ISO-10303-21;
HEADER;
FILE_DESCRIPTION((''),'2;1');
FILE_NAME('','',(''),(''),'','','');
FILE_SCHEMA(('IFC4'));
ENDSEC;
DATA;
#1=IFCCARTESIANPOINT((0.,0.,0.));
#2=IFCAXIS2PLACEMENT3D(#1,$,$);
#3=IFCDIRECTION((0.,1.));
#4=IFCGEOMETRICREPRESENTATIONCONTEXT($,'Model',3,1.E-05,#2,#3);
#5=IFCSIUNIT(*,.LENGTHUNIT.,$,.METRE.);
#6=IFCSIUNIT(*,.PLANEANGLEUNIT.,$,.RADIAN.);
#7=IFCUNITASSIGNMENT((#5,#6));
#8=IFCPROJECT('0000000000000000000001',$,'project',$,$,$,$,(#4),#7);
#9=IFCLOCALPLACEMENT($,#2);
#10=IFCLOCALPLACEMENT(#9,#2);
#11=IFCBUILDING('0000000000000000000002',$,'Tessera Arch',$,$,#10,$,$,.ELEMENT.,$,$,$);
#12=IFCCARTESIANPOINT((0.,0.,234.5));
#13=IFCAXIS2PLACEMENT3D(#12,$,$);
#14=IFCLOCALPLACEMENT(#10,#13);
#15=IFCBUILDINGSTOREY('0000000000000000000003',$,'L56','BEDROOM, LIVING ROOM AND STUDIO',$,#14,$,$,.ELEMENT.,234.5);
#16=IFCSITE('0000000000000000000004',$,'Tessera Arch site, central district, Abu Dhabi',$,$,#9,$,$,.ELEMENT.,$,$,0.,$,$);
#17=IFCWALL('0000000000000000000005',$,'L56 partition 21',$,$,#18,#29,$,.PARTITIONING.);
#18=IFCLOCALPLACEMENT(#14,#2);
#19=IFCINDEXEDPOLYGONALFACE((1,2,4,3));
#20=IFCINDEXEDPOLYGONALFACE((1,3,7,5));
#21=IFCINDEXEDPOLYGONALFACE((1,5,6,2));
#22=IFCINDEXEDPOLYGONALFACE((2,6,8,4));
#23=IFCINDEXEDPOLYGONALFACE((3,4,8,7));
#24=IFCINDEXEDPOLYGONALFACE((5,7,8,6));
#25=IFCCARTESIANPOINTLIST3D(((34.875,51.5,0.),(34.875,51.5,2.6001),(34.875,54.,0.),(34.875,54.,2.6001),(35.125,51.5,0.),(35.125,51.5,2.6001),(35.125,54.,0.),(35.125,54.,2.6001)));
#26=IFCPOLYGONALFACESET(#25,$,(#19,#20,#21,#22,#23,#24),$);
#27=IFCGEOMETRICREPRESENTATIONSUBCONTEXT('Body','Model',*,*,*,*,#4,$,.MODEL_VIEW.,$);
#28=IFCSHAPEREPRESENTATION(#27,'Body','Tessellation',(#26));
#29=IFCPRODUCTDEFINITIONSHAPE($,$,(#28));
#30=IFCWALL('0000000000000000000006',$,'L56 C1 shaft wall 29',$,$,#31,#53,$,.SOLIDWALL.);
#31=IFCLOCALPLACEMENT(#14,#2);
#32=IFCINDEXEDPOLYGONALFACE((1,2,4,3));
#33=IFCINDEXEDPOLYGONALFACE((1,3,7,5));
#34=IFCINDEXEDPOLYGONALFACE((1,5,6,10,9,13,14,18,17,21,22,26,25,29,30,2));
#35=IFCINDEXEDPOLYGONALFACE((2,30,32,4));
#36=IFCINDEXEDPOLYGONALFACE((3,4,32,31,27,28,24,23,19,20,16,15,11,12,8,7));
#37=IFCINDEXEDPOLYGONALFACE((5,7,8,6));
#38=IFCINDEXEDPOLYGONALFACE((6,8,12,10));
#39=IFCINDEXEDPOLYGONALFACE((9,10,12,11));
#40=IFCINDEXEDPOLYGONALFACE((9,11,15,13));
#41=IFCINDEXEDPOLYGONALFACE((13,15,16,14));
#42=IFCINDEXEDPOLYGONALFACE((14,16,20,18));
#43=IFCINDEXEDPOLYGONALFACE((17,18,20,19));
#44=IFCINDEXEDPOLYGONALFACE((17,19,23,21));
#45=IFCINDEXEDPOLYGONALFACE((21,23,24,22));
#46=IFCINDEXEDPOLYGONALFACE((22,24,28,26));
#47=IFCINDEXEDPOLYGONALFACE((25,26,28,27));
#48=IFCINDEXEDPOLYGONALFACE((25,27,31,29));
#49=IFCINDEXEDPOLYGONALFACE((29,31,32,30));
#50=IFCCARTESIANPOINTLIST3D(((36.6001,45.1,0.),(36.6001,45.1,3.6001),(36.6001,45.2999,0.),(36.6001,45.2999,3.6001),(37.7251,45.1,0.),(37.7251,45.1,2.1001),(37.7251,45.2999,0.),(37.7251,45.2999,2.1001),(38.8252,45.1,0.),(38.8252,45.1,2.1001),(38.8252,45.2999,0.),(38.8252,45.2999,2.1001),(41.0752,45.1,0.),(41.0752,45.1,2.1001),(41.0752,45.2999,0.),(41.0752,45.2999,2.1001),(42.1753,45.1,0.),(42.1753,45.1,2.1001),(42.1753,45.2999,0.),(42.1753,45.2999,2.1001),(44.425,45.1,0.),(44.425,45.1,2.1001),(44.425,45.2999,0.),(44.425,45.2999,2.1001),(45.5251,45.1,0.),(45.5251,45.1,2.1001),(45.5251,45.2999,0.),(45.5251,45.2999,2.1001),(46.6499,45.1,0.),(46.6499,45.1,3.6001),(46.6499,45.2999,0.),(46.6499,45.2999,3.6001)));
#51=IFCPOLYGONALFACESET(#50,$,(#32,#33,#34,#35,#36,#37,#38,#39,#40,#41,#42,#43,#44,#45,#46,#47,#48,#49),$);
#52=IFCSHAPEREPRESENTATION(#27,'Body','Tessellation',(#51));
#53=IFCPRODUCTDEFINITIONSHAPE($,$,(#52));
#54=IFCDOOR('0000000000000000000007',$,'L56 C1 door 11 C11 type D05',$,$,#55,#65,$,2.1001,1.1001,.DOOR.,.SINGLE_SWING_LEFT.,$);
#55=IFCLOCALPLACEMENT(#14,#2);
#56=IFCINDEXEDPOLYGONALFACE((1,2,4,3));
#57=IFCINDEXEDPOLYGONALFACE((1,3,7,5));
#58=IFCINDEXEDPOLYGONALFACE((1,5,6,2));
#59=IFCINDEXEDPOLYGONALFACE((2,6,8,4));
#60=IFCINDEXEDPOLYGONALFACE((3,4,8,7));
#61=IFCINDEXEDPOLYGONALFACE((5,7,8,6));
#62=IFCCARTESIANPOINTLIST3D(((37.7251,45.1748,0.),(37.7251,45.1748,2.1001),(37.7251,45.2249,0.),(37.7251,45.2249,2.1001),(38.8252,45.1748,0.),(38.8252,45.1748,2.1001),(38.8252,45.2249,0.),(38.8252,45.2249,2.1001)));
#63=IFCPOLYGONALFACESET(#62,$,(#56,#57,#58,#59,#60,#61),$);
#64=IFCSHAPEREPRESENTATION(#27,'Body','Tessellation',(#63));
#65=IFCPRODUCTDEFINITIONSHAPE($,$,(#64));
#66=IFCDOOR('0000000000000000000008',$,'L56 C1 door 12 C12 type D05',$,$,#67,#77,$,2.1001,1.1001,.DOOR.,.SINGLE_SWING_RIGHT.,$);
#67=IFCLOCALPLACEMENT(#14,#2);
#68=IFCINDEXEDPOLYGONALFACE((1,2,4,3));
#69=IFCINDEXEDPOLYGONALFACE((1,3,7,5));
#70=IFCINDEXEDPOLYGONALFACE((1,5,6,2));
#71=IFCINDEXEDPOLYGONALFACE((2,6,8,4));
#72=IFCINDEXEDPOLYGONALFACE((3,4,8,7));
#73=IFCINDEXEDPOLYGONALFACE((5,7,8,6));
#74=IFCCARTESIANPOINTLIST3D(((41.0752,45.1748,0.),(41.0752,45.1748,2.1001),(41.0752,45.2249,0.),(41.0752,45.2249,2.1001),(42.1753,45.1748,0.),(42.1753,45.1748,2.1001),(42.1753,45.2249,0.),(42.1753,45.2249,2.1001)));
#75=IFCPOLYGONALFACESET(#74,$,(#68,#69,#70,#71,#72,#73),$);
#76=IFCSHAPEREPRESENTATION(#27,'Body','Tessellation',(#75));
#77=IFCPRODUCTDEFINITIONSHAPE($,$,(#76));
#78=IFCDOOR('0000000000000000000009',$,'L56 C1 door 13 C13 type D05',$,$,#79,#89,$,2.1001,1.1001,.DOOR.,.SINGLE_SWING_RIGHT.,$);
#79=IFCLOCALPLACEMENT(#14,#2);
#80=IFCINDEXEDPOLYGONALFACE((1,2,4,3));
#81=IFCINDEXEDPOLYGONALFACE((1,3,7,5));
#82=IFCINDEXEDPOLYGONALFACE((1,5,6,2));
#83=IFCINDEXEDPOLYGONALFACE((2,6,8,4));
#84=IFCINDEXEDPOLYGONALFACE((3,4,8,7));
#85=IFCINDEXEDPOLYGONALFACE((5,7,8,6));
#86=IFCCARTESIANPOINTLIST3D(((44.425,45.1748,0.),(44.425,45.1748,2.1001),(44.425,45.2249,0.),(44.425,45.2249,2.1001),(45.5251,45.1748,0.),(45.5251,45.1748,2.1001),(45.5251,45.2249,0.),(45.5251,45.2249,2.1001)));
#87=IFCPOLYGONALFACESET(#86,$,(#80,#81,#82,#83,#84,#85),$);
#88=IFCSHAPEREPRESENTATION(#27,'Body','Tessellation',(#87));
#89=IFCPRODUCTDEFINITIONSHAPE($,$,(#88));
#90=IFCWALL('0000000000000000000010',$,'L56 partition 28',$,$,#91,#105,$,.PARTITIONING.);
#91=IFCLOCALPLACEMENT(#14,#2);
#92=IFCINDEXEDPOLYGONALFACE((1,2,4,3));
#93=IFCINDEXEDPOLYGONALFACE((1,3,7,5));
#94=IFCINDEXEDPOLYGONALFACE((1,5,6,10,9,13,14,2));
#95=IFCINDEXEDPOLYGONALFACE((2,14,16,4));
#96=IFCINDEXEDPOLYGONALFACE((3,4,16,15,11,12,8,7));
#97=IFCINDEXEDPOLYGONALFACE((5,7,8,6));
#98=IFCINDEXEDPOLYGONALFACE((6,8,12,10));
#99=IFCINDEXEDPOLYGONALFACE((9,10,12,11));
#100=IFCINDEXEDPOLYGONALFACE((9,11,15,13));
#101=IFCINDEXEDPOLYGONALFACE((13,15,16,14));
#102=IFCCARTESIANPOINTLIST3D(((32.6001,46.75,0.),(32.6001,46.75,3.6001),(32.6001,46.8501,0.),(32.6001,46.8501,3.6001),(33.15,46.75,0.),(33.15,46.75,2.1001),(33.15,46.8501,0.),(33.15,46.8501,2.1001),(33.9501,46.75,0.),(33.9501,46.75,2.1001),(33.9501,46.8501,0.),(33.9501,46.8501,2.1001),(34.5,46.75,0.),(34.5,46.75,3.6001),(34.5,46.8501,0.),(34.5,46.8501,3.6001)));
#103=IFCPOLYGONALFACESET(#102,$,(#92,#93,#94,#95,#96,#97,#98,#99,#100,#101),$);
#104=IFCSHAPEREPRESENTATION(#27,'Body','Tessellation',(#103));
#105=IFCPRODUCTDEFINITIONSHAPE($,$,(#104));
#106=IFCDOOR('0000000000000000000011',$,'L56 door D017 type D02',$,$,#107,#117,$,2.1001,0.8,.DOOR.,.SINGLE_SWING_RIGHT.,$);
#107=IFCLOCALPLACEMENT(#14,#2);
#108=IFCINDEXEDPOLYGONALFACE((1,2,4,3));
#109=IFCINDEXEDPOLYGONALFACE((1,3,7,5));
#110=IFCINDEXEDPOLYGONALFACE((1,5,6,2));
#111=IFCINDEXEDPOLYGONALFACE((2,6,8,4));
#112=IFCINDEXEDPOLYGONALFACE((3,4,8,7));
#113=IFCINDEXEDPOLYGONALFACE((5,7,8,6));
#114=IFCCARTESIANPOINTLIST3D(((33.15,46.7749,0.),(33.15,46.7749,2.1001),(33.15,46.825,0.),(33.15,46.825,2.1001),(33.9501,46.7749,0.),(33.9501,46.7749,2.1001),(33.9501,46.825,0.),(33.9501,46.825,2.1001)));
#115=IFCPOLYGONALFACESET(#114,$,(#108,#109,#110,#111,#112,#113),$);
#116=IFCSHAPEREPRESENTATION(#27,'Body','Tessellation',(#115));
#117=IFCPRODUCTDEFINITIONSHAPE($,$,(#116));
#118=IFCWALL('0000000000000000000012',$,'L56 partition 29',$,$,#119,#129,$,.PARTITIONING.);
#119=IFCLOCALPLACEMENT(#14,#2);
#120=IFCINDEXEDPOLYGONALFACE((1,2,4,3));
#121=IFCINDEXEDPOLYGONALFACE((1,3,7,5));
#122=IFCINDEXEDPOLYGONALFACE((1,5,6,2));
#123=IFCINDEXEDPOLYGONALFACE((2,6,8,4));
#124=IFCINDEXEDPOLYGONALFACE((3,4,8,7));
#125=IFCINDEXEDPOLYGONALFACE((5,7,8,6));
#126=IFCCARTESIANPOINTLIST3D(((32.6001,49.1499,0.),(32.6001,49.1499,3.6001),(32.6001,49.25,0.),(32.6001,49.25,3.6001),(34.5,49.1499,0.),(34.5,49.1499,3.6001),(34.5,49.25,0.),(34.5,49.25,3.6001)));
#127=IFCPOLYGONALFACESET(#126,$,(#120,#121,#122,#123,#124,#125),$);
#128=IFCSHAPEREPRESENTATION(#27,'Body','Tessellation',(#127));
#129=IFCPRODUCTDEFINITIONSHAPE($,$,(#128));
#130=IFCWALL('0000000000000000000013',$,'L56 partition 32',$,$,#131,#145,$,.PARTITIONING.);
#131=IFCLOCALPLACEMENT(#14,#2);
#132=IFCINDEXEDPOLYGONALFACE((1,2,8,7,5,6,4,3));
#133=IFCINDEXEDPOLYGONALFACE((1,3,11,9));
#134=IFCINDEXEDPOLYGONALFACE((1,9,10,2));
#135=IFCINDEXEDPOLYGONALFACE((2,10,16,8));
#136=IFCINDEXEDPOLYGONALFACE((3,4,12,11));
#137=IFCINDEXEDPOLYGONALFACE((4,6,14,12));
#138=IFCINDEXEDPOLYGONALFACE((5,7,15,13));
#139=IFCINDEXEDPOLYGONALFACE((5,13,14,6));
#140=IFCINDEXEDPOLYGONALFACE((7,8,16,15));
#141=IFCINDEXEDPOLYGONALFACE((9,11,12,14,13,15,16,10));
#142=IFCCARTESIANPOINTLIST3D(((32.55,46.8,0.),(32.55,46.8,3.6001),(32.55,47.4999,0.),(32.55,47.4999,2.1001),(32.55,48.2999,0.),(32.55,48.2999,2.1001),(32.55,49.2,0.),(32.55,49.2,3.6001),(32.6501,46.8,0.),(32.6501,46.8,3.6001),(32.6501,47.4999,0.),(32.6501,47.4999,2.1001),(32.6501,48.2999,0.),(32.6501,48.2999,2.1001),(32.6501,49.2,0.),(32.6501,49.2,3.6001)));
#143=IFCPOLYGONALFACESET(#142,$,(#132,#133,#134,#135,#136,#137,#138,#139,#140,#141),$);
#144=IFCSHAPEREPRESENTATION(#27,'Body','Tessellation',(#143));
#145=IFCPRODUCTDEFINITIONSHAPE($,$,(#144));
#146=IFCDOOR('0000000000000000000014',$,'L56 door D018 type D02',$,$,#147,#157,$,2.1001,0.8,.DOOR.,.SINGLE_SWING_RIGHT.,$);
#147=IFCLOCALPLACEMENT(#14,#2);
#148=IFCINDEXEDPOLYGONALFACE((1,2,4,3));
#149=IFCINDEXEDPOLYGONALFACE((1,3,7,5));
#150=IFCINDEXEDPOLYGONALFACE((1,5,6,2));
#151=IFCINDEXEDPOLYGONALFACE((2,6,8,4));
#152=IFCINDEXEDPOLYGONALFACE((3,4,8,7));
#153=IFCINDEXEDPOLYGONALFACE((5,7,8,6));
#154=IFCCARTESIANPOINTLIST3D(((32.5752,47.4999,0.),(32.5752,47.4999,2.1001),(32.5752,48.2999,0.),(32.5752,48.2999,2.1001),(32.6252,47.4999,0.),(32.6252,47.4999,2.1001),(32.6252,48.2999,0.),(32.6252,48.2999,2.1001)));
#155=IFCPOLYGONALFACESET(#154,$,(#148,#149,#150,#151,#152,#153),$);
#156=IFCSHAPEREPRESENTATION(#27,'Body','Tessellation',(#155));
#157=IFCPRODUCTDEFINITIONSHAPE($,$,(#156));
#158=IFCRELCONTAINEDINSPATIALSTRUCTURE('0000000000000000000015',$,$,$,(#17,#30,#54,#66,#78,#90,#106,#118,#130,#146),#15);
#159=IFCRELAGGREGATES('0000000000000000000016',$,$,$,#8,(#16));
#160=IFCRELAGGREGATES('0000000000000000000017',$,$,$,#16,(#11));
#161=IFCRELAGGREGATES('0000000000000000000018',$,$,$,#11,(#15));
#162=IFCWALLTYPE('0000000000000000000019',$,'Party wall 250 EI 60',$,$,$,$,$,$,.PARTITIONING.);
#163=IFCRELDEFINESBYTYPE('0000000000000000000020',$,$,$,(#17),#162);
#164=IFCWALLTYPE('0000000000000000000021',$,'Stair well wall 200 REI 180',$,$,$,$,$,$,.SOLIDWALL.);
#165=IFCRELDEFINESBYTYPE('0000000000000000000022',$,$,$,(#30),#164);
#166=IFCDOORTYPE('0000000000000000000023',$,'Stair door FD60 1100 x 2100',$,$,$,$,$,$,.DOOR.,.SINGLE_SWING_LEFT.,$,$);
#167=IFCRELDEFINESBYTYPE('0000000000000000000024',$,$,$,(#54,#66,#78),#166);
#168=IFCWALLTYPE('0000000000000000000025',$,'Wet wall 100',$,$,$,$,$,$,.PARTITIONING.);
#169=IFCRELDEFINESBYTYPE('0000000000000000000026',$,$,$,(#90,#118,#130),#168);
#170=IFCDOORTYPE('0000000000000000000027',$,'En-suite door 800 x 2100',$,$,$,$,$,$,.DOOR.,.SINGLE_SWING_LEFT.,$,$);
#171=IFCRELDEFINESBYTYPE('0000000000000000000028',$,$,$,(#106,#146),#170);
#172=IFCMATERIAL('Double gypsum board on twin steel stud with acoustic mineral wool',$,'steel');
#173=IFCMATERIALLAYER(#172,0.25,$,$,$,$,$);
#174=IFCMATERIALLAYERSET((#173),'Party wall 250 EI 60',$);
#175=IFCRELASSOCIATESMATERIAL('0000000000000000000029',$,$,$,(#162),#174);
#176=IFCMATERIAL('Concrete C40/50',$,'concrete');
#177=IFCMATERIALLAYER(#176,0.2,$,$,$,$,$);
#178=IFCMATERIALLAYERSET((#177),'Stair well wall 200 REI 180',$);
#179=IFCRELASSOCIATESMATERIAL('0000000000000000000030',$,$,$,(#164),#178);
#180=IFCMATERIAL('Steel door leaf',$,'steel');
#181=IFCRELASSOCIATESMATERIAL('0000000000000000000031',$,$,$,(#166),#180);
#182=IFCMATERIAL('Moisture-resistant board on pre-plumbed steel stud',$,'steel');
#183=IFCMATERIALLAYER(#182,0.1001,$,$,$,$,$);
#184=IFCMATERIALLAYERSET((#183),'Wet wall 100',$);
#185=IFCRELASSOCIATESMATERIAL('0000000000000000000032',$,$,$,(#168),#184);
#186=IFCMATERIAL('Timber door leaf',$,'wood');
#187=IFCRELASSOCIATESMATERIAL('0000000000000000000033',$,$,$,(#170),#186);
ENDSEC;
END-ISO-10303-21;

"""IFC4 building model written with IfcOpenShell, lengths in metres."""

from ifc_helpers import new_model, si_unit, direction, frame, frame_2d, origin, place, context, subcontext, project, spatial, rectangle, extrude, material, layer, layer_set, type_object, element, fill, save


model = new_model("IFC4")

# Units and contexts
model_context = context("Model", 3, precision=1e-05, world=origin(), true_north=direction((0.0, 1.0)))
body_context = subcontext(model_context, "Body", "Model", "MODEL_VIEW")
ifc_project = project(units=[si_unit("LENGTHUNIT", "METRE"), si_unit("PLANEANGLEUNIT", "RADIAN")], contexts=[model_context])

# Site, building, storey
site_placement = place(None, origin())
site = spatial("IfcSite", under=ifc_project, at=site_placement, Name="Tessera Arch site, central district, Abu Dhabi", CompositionType="ELEMENT", RefElevation=0.0)
building_placement = place(site_placement, origin())
building = spatial("IfcBuilding", under=site, at=building_placement, Name="Tessera Arch", CompositionType="ELEMENT")
storey_placement = place(building_placement, frame((0.0, 0.0, 234.5)))
storey = spatial("IfcBuildingStorey", under=building, at=storey_placement, Name="L56", Description="BEDROOM, LIVING ROOM AND STUDIO", CompositionType="ELEMENT", Elevation=234.5)

# Wall
ifc_material_1 = material(Name="Double gypsum board on twin steel stud with acoustic mineral wool", Category="steel")
ifc_layer_1 = layer(ifc_material_1, 0.25)
ifc_layer_set_1 = layer_set([ifc_layer_1], Name="Party wall 250 EI 60")
wall_type_1 = type_object("IfcWallType", Name="Party wall 250 EI 60", PredefinedType="PARTITIONING", material=ifc_layer_set_1)
wall_1_placement = place(storey_placement, frame((35.0, 51.5, 0.0), z_axis=(0.0, 0.0, 1.0), x_axis=(0.0, 1.0, 0.0)))
element("IfcWall", 1, at=wall_1_placement, inside=storey, type_object=wall_type_1, Name="L56 partition 21", PredefinedType="PARTITIONING", context=body_context, shape_type="SweptSolid", body=[
    extrude(rectangle(XDim=2.5, YDim=0.25, at=frame_2d((1.25, 0.0))), origin(), (0.0, 0.0, 1.0), 2.6001),
])

# Wall, openings, doors
ifc_material_2 = material(Name="Concrete C40/50", Category="concrete")
ifc_layer_2 = layer(ifc_material_2, 0.2)
ifc_layer_set_2 = layer_set([ifc_layer_2], Name="Stair well wall 200 REI 180")
wall_type_2 = type_object("IfcWallType", Name="Stair well wall 200 REI 180", PredefinedType="SOLIDWALL", material=ifc_layer_set_2)
wall_2_placement = place(storey_placement, frame((36.6001, 45.2, 0.0), z_axis=(0.0, 0.0, 1.0), x_axis=(1.0, 0.0, 0.0)))
wall_2 = element("IfcWall", 2, at=wall_2_placement, inside=storey, type_object=wall_type_2, Name="L56 C1 shaft wall 29", PredefinedType="SOLIDWALL", context=body_context, shape_type="SweptSolid", body=[
    extrude(rectangle(XDim=10.0498, YDim=0.2, at=frame_2d((5.0249, 0.0))), origin(), (0.0, 0.0, 1.0), 3.6001),
])
opening_1_placement = place(wall_2_placement, frame((1.125, 0.0, 0.0)))
opening_1 = element("IfcOpeningElement", 3, at=opening_1_placement, cuts=wall_2, PredefinedType="OPENING", context=body_context, shape_type="SweptSolid", body=[
    extrude(rectangle(XDim=1.1001, YDim=2.1001, at=frame_2d((0.55, 1.05))), frame((0.0, 0.1099, 0.0), z_axis=(0.0, -1.0, 0.0), x_axis=(1.0, 0.0, 0.0)), (0.0, 0.0, 1.0), 0.22),
])
opening_2_placement = place(wall_2_placement, frame((4.4751, 0.0, 0.0)))
opening_2 = element("IfcOpeningElement", 4, at=opening_2_placement, cuts=wall_2, PredefinedType="OPENING", context=body_context, shape_type="SweptSolid", body=[
    extrude(rectangle(XDim=1.1001, YDim=2.1001, at=frame_2d((0.55, 1.05))), frame((0.0, 0.1099, 0.0), z_axis=(0.0, -1.0, 0.0), x_axis=(1.0, 0.0, 0.0)), (0.0, 0.0, 1.0), 0.22),
])
opening_3_placement = place(wall_2_placement, frame((7.825, 0.0, 0.0)))
opening_3 = element("IfcOpeningElement", 5, at=opening_3_placement, cuts=wall_2, PredefinedType="OPENING", context=body_context, shape_type="SweptSolid", body=[
    extrude(rectangle(XDim=1.1001, YDim=2.1001, at=frame_2d((0.55, 1.05))), frame((0.0, 0.1099, 0.0), z_axis=(0.0, -1.0, 0.0), x_axis=(1.0, 0.0, 0.0)), (0.0, 0.0, 1.0), 0.22),
])
ifc_material_3 = material(Name="Steel door leaf", Category="steel")
door_type_1 = type_object("IfcDoorType", Name="Stair door FD60 1100 x 2100", OperationType="SINGLE_SWING_LEFT", PredefinedType="DOOR", material=ifc_material_3)
door_1_placement = place(opening_1_placement, origin())
door_1 = element("IfcDoor", 6, at=door_1_placement, inside=storey, type_object=door_type_1, Name="L56 C1 door 11 C11 type D05", OperationType="SINGLE_SWING_LEFT", OverallHeight=2.1001, OverallWidth=1.1001, PredefinedType="DOOR", context=body_context, shape_type="SweptSolid", body=[
    extrude(rectangle(XDim=1.1001, YDim=2.1001, at=frame_2d((0.55, 1.05))), frame((0.0, 0.0249, 0.0), z_axis=(0.0, -1.0, 0.0), x_axis=(1.0, 0.0, 0.0)), (0.0, 0.0, 1.0), 0.05),
])
fill(opening_1, door_1)
door_2_placement = place(opening_2_placement, origin())
door_2 = element("IfcDoor", 7, at=door_2_placement, inside=storey, type_object=door_type_1, Name="L56 C1 door 12 C12 type D05", OperationType="SINGLE_SWING_RIGHT", OverallHeight=2.1001, OverallWidth=1.1001, PredefinedType="DOOR", context=body_context, shape_type="SweptSolid", body=[
    extrude(rectangle(XDim=1.1001, YDim=2.1001, at=frame_2d((0.55, 1.05))), frame((0.0, 0.0249, 0.0), z_axis=(0.0, -1.0, 0.0), x_axis=(1.0, 0.0, 0.0)), (0.0, 0.0, 1.0), 0.05),
])
fill(opening_2, door_2)
door_3_placement = place(opening_3_placement, origin())
door_3 = element("IfcDoor", 8, at=door_3_placement, inside=storey, type_object=door_type_1, Name="L56 C1 door 13 C13 type D05", OperationType="SINGLE_SWING_RIGHT", OverallHeight=2.1001, OverallWidth=1.1001, PredefinedType="DOOR", context=body_context, shape_type="SweptSolid", body=[
    extrude(rectangle(XDim=1.1001, YDim=2.1001, at=frame_2d((0.55, 1.05))), frame((0.0, 0.0249, 0.0), z_axis=(0.0, -1.0, 0.0), x_axis=(1.0, 0.0, 0.0)), (0.0, 0.0, 1.0), 0.05),
])
fill(opening_3, door_3)

# Wall, opening, door
ifc_material_4 = material(Name="Moisture-resistant board on pre-plumbed steel stud", Category="steel")
ifc_layer_3 = layer(ifc_material_4, 0.1001)
ifc_layer_set_3 = layer_set([ifc_layer_3], Name="Wet wall 100")
wall_type_3 = type_object("IfcWallType", Name="Wet wall 100", PredefinedType="PARTITIONING", material=ifc_layer_set_3)
wall_3_placement = place(storey_placement, frame((32.6001, 46.8, 0.0), z_axis=(0.0, 0.0, 1.0), x_axis=(1.0, 0.0, 0.0)))
wall_3 = element("IfcWall", 9, at=wall_3_placement, inside=storey, type_object=wall_type_3, Name="L56 partition 28", PredefinedType="PARTITIONING", context=body_context, shape_type="SweptSolid", body=[
    extrude(rectangle(XDim=1.8999, YDim=0.1001, at=frame_2d((0.95, 0.0))), origin(), (0.0, 0.0, 1.0), 3.6001),
])
opening_4_placement = place(wall_3_placement, frame((0.55, 0.0, 0.0)))
opening_4 = element("IfcOpeningElement", 10, at=opening_4_placement, cuts=wall_3, PredefinedType="OPENING", context=body_context, shape_type="SweptSolid", body=[
    extrude(rectangle(XDim=0.8, YDim=2.1001, at=frame_2d((0.3999, 1.05))), frame((0.0, 0.0601, 0.0), z_axis=(0.0, -1.0, 0.0), x_axis=(1.0, 0.0, 0.0)), (0.0, 0.0, 1.0), 0.1201),
])
ifc_material_5 = material(Name="Timber door leaf", Category="wood")
door_type_2 = type_object("IfcDoorType", Name="En-suite door 800 x 2100", OperationType="SINGLE_SWING_LEFT", PredefinedType="DOOR", material=ifc_material_5)
door_4_placement = place(opening_4_placement, origin())
door_4 = element("IfcDoor", 11, at=door_4_placement, inside=storey, type_object=door_type_2, Name="L56 door D017 type D02", OperationType="SINGLE_SWING_RIGHT", OverallHeight=2.1001, OverallWidth=0.8, PredefinedType="DOOR", context=body_context, shape_type="SweptSolid", body=[
    extrude(rectangle(XDim=0.8, YDim=2.1001, at=frame_2d((0.3999, 1.05))), frame((0.0, 0.0249, 0.0), z_axis=(0.0, -1.0, 0.0), x_axis=(1.0, 0.0, 0.0)), (0.0, 0.0, 1.0), 0.05),
])
fill(opening_4, door_4)

# Wall
wall_4_placement = place(storey_placement, frame((32.6001, 49.2, 0.0), z_axis=(0.0, 0.0, 1.0), x_axis=(1.0, 0.0, 0.0)))
element("IfcWall", 12, at=wall_4_placement, inside=storey, type_object=wall_type_3, Name="L56 partition 29", PredefinedType="PARTITIONING", context=body_context, shape_type="SweptSolid", body=[
    extrude(rectangle(XDim=1.8999, YDim=0.1001, at=frame_2d((0.95, 0.0))), origin(), (0.0, 0.0, 1.0), 3.6001),
])

# Wall, opening, door
wall_5_placement = place(storey_placement, frame((32.6001, 46.8, 0.0), z_axis=(0.0, 0.0, 1.0), x_axis=(0.0, 1.0, 0.0)))
wall_5 = element("IfcWall", 13, at=wall_5_placement, inside=storey, type_object=wall_type_3, Name="L56 partition 32", PredefinedType="PARTITIONING", context=body_context, shape_type="SweptSolid", body=[
    extrude(rectangle(XDim=2.3999, YDim=0.1001, at=frame_2d((1.2, 0.0))), origin(), (0.0, 0.0, 1.0), 3.6001),
])
opening_5_placement = place(wall_5_placement, frame((0.7, 0.0, 0.0)))
opening_5 = element("IfcOpeningElement", 14, at=opening_5_placement, cuts=wall_5, PredefinedType="OPENING", context=body_context, shape_type="SweptSolid", body=[
    extrude(rectangle(XDim=0.8, YDim=2.1001, at=frame_2d((0.3999, 1.05))), frame((0.0, 0.0601, 0.0), z_axis=(0.0, -1.0, 0.0), x_axis=(1.0, 0.0, 0.0)), (0.0, 0.0, 1.0), 0.1201),
])
door_5_placement = place(opening_5_placement, origin())
door_5 = element("IfcDoor", 15, at=door_5_placement, inside=storey, type_object=door_type_2, Name="L56 door D018 type D02", OperationType="SINGLE_SWING_RIGHT", OverallHeight=2.1001, OverallWidth=0.8, PredefinedType="DOOR", context=body_context, shape_type="SweptSolid", body=[
    extrude(rectangle(XDim=0.8, YDim=2.1001, at=frame_2d((0.3999, 1.05))), frame((0.0, 0.0249, 0.0), z_axis=(0.0, -1.0, 0.0), x_axis=(1.0, 0.0, 0.0)), (0.0, 0.0, 1.0), 0.05),
])
fill(opening_5, door_5)

save(model, "model.ifc")
